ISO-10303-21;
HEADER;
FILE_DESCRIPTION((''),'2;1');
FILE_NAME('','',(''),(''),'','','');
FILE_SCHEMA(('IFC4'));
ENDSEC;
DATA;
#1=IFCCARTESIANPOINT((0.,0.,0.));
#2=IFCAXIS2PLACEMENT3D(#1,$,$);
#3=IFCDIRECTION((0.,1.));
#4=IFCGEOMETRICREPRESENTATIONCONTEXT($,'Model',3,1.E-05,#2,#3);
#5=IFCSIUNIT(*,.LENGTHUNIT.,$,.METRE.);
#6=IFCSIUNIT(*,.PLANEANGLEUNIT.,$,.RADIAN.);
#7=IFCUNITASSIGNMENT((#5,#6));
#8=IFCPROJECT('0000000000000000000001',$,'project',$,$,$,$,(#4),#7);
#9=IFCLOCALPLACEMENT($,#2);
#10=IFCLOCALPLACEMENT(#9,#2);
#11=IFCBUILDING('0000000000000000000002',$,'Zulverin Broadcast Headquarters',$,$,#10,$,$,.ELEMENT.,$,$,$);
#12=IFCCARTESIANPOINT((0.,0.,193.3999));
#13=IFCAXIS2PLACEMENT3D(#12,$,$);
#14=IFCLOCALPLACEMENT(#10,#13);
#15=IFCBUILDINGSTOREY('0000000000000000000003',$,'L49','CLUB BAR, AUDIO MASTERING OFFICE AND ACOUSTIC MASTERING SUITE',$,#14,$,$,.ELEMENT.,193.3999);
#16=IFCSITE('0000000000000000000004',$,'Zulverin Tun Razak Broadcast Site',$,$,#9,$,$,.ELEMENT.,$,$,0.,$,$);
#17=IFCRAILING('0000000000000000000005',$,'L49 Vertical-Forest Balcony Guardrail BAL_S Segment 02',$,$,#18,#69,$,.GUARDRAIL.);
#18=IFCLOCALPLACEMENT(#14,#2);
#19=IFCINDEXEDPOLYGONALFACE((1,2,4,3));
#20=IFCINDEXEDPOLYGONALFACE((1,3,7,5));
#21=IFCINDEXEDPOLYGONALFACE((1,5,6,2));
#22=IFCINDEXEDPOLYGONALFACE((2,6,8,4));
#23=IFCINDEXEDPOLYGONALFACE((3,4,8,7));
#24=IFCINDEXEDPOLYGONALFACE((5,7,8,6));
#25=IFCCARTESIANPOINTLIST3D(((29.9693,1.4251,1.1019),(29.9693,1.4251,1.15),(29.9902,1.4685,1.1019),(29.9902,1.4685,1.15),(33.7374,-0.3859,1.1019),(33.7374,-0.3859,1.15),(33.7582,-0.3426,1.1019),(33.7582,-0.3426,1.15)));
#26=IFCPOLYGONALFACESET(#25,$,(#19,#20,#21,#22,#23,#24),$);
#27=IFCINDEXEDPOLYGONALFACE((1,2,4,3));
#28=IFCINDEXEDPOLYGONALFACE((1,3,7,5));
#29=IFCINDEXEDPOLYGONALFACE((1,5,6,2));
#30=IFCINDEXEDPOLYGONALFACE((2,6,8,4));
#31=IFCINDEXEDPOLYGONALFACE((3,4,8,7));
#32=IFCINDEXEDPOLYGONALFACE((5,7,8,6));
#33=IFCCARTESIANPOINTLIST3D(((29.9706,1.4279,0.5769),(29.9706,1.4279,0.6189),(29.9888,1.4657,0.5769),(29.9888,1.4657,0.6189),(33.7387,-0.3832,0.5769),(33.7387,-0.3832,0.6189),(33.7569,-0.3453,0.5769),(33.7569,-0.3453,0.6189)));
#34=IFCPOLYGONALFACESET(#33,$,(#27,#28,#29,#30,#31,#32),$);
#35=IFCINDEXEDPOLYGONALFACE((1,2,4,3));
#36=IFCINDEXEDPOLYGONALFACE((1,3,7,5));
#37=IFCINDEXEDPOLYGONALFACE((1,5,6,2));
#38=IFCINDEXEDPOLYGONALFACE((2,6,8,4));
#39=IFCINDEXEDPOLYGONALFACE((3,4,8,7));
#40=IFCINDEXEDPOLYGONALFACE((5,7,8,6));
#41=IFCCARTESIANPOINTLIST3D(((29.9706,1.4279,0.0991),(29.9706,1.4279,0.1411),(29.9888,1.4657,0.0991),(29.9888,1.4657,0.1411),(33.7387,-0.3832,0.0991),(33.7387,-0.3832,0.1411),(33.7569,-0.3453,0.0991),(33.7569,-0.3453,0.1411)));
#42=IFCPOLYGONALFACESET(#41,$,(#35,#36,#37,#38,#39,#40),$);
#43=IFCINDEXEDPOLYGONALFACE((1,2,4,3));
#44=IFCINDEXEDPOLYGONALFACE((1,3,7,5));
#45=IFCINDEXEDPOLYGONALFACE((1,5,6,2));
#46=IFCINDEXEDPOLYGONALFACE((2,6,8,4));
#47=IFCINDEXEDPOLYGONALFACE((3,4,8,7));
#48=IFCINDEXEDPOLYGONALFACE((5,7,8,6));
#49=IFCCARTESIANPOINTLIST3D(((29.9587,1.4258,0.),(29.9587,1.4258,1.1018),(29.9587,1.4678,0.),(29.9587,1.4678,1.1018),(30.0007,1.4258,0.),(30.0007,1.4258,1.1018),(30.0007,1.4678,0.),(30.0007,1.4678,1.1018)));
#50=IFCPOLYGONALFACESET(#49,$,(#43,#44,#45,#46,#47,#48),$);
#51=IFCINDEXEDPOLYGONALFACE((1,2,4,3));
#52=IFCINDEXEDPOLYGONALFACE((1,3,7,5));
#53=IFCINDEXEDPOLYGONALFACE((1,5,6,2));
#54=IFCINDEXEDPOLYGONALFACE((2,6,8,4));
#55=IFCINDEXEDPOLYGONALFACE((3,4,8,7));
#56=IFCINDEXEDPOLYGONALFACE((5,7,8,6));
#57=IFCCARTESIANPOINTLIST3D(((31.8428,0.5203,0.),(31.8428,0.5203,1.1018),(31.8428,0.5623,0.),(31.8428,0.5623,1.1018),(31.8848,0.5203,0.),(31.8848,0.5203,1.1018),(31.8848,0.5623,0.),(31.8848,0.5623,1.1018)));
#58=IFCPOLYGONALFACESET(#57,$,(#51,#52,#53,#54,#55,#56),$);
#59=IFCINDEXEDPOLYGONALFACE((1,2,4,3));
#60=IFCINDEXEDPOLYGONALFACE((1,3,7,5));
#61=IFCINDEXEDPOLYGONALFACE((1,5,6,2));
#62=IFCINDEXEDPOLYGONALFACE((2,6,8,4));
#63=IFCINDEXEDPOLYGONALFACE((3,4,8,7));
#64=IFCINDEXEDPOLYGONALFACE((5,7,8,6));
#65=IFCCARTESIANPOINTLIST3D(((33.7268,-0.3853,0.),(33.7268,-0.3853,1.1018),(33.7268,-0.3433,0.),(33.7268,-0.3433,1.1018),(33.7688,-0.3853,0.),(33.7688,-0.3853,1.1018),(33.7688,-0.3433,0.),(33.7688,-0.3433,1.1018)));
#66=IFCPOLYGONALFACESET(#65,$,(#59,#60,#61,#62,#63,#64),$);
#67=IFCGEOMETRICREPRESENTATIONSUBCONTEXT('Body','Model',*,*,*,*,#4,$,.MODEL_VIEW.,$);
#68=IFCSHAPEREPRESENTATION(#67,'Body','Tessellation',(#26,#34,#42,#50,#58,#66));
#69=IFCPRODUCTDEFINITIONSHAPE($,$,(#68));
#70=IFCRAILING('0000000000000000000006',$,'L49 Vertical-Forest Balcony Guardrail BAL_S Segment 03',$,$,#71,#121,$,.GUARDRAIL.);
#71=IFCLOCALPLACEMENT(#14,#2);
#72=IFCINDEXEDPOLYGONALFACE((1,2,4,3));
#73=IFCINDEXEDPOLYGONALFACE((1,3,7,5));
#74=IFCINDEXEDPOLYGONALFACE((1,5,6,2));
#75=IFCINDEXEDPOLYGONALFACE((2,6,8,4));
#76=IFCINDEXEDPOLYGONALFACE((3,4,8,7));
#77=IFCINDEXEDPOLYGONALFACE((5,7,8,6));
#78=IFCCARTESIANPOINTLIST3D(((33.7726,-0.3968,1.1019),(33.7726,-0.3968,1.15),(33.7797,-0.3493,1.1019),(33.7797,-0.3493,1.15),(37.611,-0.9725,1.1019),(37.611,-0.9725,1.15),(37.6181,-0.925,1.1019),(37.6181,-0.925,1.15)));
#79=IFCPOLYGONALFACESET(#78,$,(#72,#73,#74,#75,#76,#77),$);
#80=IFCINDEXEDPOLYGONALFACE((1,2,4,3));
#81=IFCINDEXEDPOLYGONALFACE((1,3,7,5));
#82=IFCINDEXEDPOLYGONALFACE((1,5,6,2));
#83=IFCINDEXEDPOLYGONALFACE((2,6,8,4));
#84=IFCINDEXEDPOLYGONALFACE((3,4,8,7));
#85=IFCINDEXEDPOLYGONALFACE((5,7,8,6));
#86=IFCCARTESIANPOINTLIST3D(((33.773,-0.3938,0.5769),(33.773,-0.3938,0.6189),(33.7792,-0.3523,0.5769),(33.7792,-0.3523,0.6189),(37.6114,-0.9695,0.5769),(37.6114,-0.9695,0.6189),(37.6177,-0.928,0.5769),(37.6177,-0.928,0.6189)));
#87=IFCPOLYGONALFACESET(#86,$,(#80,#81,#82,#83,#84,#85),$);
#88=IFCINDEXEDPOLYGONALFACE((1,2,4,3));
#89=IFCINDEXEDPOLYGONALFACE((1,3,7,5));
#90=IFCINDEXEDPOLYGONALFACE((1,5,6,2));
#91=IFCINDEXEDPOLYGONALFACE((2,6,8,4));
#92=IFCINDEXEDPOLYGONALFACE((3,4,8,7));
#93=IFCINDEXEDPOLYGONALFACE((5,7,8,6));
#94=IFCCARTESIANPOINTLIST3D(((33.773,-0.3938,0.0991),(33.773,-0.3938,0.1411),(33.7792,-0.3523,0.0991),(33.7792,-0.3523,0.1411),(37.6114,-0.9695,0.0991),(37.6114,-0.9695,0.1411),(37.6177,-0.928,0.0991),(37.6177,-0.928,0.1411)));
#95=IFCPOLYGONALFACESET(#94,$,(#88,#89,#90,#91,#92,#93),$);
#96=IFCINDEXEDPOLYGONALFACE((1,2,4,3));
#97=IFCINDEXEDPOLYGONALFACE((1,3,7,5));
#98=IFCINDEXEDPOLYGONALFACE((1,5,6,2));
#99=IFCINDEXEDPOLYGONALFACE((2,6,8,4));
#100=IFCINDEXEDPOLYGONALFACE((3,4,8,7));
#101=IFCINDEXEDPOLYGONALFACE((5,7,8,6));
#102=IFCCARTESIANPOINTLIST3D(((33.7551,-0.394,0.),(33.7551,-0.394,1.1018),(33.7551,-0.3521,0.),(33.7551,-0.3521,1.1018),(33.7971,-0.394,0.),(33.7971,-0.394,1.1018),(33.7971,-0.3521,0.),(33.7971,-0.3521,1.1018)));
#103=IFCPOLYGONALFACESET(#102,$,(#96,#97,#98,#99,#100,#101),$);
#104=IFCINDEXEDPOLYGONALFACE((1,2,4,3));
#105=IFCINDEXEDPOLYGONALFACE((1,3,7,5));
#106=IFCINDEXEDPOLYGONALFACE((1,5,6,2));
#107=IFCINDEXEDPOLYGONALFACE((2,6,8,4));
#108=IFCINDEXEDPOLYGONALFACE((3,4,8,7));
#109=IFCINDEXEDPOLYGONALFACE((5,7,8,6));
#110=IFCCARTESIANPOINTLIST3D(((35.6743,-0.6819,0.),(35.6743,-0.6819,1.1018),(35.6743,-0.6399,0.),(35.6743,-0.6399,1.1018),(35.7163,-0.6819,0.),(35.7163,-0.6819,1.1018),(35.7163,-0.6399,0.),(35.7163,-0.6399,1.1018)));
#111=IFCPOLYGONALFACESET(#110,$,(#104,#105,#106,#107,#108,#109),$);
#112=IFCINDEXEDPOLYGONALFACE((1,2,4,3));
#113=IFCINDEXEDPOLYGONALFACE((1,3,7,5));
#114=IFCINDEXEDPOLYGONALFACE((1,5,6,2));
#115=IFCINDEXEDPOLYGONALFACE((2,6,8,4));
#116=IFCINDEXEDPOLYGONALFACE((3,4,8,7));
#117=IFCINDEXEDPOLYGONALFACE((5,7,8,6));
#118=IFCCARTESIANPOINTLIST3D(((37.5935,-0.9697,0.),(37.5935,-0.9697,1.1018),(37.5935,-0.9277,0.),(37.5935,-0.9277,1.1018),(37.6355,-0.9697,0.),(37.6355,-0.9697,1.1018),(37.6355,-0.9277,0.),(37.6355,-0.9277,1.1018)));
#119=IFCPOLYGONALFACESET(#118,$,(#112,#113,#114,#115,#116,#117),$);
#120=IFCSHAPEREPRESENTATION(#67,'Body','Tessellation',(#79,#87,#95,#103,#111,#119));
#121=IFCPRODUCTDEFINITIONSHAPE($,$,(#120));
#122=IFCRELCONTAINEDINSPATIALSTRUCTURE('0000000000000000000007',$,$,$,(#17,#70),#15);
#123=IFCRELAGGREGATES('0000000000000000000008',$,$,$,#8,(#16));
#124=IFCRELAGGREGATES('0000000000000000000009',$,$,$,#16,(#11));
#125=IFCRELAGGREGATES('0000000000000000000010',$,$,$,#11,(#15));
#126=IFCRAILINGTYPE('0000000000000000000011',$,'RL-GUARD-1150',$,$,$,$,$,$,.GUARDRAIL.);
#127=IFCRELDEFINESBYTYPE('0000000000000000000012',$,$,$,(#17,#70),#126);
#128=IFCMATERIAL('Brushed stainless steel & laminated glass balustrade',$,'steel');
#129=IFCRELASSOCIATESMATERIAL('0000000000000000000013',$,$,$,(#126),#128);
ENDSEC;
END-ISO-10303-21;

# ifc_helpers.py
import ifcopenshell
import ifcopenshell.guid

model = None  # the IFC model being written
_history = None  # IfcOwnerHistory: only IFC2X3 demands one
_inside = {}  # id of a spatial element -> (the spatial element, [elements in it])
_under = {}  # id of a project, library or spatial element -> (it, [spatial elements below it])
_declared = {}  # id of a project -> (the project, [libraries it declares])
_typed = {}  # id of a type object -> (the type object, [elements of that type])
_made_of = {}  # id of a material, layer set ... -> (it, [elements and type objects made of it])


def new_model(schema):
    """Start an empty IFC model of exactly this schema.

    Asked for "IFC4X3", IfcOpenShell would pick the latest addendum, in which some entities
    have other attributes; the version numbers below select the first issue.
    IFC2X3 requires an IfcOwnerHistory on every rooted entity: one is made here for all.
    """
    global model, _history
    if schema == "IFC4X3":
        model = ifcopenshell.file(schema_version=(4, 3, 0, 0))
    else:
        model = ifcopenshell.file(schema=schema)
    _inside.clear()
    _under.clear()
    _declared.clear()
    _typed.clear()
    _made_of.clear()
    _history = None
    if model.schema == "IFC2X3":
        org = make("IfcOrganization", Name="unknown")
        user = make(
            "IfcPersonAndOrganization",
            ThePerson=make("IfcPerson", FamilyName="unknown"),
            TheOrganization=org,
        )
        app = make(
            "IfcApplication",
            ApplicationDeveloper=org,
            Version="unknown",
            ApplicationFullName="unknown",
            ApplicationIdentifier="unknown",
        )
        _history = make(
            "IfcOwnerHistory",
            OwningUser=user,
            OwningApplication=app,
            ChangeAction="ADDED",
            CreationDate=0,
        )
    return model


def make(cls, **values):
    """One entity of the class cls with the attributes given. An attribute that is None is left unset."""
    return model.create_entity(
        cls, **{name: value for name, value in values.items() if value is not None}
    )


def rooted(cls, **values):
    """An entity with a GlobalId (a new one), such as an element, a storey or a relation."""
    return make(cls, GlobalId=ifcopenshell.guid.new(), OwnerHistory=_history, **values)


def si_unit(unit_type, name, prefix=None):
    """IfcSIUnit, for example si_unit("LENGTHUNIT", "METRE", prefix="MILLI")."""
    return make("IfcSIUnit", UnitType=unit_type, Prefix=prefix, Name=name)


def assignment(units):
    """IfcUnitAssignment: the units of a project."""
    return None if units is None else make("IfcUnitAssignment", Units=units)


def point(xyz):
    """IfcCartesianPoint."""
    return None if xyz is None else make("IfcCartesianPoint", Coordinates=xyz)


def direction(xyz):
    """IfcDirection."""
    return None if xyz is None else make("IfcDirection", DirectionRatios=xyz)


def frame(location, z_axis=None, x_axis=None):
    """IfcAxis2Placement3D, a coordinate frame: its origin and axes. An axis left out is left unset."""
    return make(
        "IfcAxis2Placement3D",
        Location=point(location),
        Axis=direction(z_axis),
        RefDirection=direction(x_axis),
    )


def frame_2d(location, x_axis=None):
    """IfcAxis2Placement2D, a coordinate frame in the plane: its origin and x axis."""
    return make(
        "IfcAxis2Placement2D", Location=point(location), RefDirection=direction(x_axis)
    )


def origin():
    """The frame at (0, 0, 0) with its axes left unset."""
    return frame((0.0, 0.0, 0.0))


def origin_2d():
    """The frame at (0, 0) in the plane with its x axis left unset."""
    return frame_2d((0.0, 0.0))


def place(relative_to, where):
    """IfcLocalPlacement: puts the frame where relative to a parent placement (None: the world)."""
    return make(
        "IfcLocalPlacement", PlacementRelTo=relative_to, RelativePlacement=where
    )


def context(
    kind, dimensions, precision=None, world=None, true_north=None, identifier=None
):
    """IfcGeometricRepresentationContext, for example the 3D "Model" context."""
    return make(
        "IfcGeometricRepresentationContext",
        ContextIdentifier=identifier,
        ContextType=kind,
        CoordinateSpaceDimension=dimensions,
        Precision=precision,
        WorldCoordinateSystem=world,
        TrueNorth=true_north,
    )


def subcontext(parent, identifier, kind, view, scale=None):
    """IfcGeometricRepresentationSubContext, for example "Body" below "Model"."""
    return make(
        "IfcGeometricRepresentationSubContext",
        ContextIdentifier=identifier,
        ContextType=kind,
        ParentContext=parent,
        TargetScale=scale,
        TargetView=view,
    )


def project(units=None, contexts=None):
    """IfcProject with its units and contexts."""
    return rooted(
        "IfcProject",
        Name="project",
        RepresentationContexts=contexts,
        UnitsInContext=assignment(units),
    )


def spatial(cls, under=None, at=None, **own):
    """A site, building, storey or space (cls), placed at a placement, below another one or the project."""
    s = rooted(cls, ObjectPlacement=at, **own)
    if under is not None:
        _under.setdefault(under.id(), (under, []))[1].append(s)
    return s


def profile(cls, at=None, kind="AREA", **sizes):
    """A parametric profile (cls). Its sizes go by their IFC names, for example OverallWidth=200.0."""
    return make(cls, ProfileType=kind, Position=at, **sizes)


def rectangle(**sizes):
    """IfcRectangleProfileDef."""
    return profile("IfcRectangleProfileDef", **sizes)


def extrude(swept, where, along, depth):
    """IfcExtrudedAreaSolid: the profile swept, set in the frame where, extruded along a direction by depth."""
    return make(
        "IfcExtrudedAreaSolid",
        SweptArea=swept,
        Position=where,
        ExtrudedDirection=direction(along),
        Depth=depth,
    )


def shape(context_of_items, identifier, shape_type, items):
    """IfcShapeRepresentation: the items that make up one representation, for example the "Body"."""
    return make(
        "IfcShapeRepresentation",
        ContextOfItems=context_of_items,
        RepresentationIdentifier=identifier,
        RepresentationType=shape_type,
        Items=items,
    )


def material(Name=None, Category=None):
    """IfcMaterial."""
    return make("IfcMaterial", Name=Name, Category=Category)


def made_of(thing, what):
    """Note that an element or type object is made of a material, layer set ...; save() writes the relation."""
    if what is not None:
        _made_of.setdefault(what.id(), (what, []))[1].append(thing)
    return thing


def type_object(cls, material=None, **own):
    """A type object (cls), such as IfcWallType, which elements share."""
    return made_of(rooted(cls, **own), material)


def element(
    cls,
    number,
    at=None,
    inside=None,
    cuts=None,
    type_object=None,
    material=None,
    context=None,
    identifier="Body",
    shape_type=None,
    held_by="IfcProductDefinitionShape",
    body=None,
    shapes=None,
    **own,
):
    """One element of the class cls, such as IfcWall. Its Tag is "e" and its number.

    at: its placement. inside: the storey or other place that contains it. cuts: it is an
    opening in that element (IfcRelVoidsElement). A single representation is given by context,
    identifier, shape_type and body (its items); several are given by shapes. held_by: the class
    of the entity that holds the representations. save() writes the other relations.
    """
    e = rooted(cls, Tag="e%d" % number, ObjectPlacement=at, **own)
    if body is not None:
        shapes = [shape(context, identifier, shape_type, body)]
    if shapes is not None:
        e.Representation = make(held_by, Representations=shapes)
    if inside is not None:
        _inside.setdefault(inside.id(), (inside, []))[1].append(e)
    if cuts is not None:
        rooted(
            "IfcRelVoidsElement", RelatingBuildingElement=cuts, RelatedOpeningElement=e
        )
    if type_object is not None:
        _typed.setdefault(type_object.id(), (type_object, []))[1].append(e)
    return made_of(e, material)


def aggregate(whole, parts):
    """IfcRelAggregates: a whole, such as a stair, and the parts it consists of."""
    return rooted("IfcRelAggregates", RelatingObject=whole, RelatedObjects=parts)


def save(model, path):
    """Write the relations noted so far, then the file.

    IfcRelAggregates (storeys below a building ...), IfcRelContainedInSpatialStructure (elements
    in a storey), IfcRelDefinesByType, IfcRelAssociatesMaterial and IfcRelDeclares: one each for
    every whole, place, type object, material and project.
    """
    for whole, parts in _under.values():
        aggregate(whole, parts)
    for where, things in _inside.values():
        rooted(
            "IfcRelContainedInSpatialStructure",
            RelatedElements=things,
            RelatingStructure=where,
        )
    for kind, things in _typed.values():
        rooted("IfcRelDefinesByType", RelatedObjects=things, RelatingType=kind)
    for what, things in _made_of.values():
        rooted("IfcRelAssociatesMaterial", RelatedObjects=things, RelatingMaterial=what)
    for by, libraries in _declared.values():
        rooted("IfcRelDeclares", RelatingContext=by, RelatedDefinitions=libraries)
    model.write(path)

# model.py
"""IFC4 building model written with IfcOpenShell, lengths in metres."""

from ifc_helpers import new_model, si_unit, direction, frame, origin, origin_2d, place, context, subcontext, project, spatial, rectangle, extrude, material, type_object, element, save


model = new_model("IFC4")

# Units and contexts
model_context = context("Model", 3, precision=1e-05, world=origin(), true_north=direction((0.0, 1.0)))
body_context = subcontext(model_context, "Body", "Model", "MODEL_VIEW")
ifc_project = project(units=[si_unit("LENGTHUNIT", "METRE"), si_unit("PLANEANGLEUNIT", "RADIAN")], contexts=[model_context])

# Site, building, storey
site_placement = place(None, origin())
site = spatial("IfcSite", under=ifc_project, at=site_placement, Name="Zulverin Tun Razak Broadcast Site", CompositionType="ELEMENT", RefElevation=0.0)
building_placement = place(site_placement, origin())
building = spatial("IfcBuilding", under=site, at=building_placement, Name="Zulverin Broadcast Headquarters", CompositionType="ELEMENT")
storey_placement = place(building_placement, frame((0.0, 0.0, 193.3999)))
storey = spatial("IfcBuildingStorey", under=building, at=storey_placement, Name="L49", Description="CLUB BAR, AUDIO MASTERING OFFICE AND ACOUSTIC MASTERING SUITE", CompositionType="ELEMENT", Elevation=193.3999)

# Railings
ifc_material_1 = material(Name="Brushed stainless steel & laminated glass balustrade", Category="steel")
railing_type = type_object("IfcRailingType", Name="RL-GUARD-1150", PredefinedType="GUARDRAIL", material=ifc_material_1)
railing_1_placement = place(storey_placement, frame((29.9797, 1.4468, 0.0)))
element("IfcRailing", 1, at=railing_1_placement, inside=storey, type_object=railing_type, Name="L49 Vertical-Forest Balcony Guardrail BAL_S Segment 02", PredefinedType="GUARDRAIL", context=body_context, shape_type="SweptSolid", body=[
    extrude(rectangle(XDim=0.0481, YDim=0.0481, at=origin_2d()), frame((0.0, 0.0, 1.126), z_axis=(0.901302, -0.43319, 0.0), x_axis=(0.43319, 0.901302, 0.0)), (0.0, 0.0, 1.0), 4.1807),
    extrude(rectangle(XDim=0.042, YDim=0.042, at=origin_2d()), frame((0.0, 0.0, 0.5979), z_axis=(0.901302, -0.43319, 0.0), x_axis=(0.43319, 0.901302, 0.0)), (0.0, 0.0, 1.0), 4.1807),
    extrude(rectangle(XDim=0.042, YDim=0.042, at=origin_2d()), frame((0.0, 0.0, 0.1201), z_axis=(0.901302, -0.43319, 0.0), x_axis=(0.43319, 0.901302, 0.0)), (0.0, 0.0, 1.0), 4.1807),
    extrude(rectangle(XDim=0.042, YDim=0.042, at=origin_2d()), origin(), (0.0, 0.0, 1.0), 1.1018),
    extrude(rectangle(XDim=0.042, YDim=0.042, at=origin_2d()), frame((1.884, -0.9055, 0.0)), (0.0, 0.0, 1.0), 1.1018),
    extrude(rectangle(XDim=0.042, YDim=0.042, at=origin_2d()), frame((3.7681, -1.811, 0.0)), (0.0, 0.0, 1.0), 1.1018),
])
railing_2_placement = place(storey_placement, frame((33.7761, -0.373, 0.0)))
element("IfcRailing", 2, at=railing_2_placement, inside=storey, type_object=railing_type, Name="L49 Vertical-Forest Balcony Guardrail BAL_S Segment 03", PredefinedType="GUARDRAIL", context=body_context, shape_type="SweptSolid", body=[
    extrude(rectangle(XDim=0.0481, YDim=0.0481, at=origin_2d()), frame((0.0, 0.0, 1.126), z_axis=(0.988939, -0.148322, 0.0), x_axis=(0.148322, 0.988939, 0.0)), (0.0, 0.0, 1.0), 3.8813),
    extrude(rectangle(XDim=0.042, YDim=0.042, at=origin_2d()), frame((0.0, 0.0, 0.5979), z_axis=(0.988939, -0.148322, 0.0), x_axis=(0.148322, 0.988939, 0.0)), (0.0, 0.0, 1.0), 3.8813),
    extrude(rectangle(XDim=0.042, YDim=0.042, at=origin_2d()), frame((0.0, 0.0, 0.1201), z_axis=(0.988939, -0.148322, 0.0), x_axis=(0.148322, 0.988939, 0.0)), (0.0, 0.0, 1.0), 3.8813),
    extrude(rectangle(XDim=0.042, YDim=0.042, at=origin_2d()), origin(), (0.0, 0.0, 1.0), 1.1018),
    extrude(rectangle(XDim=0.042, YDim=0.042, at=origin_2d()), frame((1.9192, -0.2878, 0.0)), (0.0, 0.0, 1.0), 1.1018),
    extrude(rectangle(XDim=0.042, YDim=0.042, at=origin_2d()), frame((3.8384, -0.5757, 0.0)), (0.0, 0.0, 1.0), 1.1018),
])

save(model, "model.ifc")
